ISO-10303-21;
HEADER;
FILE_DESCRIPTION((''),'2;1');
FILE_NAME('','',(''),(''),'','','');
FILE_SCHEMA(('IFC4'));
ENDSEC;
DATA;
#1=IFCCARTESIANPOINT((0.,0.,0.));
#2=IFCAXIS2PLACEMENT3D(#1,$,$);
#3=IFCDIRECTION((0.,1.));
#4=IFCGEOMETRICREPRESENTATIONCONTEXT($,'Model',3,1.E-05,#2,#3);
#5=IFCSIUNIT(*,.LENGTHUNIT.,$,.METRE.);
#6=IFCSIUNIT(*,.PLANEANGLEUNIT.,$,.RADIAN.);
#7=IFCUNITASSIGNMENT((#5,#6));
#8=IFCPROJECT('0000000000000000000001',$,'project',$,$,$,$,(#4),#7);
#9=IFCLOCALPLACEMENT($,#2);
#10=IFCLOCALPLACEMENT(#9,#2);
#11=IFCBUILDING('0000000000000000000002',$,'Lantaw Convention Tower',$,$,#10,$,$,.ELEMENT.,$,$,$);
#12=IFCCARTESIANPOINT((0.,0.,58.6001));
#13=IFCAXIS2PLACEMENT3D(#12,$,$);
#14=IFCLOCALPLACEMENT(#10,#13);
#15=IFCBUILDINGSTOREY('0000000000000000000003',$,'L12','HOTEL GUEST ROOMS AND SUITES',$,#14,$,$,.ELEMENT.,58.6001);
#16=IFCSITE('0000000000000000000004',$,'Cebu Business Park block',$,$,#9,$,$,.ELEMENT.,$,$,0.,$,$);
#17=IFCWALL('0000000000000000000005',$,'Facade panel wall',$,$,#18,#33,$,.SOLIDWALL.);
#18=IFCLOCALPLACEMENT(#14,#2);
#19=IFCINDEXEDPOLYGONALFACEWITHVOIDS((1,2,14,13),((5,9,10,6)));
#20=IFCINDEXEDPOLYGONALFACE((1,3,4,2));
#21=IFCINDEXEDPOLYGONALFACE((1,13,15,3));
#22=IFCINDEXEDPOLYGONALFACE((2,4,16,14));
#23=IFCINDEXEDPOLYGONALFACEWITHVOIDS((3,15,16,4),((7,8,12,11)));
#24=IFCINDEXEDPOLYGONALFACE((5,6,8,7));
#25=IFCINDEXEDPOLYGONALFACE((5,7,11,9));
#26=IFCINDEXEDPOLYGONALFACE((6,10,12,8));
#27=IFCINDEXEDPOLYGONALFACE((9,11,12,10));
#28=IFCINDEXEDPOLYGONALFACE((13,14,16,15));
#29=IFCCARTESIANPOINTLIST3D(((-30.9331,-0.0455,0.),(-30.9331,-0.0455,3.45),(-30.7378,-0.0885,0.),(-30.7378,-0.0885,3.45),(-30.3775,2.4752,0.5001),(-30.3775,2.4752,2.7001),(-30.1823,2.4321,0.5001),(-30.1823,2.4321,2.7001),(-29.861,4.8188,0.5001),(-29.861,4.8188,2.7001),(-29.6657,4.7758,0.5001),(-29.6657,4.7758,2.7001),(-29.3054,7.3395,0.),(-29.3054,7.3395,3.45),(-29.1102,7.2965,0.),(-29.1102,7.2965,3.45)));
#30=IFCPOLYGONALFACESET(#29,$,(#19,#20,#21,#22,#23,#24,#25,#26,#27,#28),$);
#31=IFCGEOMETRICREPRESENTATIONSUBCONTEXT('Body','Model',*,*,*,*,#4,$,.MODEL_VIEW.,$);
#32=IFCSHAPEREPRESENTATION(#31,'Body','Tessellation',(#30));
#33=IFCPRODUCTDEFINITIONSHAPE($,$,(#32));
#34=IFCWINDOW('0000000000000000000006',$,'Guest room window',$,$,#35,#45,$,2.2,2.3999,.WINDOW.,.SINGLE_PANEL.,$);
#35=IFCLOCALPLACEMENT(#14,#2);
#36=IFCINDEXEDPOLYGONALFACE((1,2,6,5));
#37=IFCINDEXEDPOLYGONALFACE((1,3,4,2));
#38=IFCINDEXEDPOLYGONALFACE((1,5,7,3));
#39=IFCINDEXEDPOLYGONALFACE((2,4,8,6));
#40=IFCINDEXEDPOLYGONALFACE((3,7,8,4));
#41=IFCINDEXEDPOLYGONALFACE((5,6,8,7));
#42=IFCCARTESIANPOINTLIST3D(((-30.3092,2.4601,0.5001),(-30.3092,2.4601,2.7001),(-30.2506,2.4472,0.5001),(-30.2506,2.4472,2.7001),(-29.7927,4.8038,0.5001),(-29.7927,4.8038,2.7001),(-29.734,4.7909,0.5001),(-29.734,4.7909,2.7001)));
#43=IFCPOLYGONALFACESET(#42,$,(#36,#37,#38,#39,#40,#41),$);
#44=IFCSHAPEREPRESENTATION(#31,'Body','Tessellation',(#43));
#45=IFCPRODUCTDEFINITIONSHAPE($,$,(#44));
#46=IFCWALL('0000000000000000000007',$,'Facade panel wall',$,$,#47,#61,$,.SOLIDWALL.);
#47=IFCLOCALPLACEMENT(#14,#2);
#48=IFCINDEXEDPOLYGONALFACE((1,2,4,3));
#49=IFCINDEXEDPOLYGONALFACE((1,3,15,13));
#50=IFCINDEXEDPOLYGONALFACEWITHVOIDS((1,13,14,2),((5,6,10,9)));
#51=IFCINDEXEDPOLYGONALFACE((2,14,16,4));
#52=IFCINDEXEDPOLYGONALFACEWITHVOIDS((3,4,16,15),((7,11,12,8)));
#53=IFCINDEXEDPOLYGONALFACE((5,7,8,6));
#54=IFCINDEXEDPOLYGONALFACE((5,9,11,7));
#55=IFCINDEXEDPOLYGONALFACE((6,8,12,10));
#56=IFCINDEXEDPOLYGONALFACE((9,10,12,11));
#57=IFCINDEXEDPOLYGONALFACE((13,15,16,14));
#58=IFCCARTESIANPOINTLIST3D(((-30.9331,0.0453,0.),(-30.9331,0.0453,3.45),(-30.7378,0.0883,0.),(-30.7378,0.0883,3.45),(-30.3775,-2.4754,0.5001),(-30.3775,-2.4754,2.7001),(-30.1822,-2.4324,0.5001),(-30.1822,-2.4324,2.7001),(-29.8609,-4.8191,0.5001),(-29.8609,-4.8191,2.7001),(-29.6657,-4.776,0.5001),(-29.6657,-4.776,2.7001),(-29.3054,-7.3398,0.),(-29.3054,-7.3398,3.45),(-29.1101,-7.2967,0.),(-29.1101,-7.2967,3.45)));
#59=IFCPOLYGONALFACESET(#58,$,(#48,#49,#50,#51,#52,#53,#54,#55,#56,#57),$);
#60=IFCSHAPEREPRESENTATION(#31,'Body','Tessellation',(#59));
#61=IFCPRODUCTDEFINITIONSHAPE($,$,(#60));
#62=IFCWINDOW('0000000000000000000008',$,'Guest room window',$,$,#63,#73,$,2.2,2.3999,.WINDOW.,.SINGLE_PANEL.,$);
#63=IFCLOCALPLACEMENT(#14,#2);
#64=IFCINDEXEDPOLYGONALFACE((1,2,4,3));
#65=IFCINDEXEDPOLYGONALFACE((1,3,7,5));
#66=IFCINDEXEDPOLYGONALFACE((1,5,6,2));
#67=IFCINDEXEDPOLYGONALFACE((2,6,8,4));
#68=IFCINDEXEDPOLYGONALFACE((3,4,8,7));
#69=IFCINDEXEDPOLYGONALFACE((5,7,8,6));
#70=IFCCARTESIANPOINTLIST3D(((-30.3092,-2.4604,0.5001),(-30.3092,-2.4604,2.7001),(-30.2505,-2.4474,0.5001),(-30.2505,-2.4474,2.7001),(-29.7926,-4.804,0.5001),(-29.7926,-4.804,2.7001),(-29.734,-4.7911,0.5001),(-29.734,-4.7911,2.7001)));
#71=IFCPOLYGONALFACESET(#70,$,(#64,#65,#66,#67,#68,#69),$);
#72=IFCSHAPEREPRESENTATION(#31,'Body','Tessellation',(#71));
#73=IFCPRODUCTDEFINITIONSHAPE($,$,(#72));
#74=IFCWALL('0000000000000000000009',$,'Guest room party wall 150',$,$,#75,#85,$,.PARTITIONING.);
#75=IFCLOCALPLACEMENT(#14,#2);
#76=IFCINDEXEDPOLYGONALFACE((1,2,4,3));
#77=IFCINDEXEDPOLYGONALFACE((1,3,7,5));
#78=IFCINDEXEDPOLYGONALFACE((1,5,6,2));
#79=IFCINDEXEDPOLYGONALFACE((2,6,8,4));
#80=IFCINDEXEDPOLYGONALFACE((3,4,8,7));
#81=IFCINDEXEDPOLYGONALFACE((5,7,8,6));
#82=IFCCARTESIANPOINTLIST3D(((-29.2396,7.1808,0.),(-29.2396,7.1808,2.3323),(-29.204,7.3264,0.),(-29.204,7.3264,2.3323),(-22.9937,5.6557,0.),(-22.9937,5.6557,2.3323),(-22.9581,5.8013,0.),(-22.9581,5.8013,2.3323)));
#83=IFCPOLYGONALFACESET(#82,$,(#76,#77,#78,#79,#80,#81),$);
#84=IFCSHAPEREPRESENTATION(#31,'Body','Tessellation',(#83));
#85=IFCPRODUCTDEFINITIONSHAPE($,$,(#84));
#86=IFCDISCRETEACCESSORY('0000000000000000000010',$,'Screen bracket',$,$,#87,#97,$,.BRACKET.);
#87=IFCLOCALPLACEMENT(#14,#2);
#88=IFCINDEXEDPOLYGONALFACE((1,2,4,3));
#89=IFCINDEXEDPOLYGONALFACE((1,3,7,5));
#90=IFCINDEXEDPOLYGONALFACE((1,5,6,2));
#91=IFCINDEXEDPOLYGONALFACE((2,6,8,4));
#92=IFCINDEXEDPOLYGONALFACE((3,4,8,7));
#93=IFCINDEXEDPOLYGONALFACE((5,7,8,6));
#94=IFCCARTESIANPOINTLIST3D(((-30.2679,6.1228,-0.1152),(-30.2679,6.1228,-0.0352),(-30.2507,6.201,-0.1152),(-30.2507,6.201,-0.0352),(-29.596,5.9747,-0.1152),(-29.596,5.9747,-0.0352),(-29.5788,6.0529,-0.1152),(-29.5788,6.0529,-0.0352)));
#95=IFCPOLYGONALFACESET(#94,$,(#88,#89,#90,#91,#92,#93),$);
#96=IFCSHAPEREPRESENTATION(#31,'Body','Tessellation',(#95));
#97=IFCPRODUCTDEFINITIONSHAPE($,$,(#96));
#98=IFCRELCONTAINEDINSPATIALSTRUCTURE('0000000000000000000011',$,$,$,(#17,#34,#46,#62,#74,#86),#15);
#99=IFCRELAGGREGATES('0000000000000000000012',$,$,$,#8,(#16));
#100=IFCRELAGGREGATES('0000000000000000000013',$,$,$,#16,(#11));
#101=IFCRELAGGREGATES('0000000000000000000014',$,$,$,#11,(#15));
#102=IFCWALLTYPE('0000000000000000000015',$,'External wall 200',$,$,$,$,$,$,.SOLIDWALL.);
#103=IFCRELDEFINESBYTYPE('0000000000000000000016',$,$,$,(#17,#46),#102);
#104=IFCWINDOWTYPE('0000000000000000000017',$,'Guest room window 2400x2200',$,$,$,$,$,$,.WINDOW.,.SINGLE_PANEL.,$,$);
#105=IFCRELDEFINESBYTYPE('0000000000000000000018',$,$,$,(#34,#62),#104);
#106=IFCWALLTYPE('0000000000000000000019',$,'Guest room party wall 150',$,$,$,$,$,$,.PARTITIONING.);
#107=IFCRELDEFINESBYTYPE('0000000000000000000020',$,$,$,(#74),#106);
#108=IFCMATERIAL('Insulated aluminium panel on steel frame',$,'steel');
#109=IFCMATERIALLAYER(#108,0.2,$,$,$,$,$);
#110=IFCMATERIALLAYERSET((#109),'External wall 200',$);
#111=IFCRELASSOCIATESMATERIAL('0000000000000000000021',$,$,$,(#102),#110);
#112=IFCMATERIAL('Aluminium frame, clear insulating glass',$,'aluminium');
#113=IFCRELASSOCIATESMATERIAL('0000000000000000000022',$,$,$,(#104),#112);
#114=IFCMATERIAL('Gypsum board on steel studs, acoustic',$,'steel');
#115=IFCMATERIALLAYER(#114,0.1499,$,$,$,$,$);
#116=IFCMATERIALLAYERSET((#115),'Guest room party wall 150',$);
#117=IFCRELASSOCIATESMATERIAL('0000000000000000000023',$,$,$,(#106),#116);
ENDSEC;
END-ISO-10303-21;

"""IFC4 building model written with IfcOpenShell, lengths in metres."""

from ifc_helpers import new_model, si_unit, direction, frame, frame_2d, origin, origin_2d, place, context, subcontext, project, spatial, rectangle, extrude, material, layer, layer_set, type_object, element, fill, save


model = new_model("IFC4")

# Units and contexts
model_context = context("Model", 3, precision=1e-05, world=origin(), true_north=direction((0.0, 1.0)))
body_context = subcontext(model_context, "Body", "Model", "MODEL_VIEW")
ifc_project = project(units=[si_unit("LENGTHUNIT", "METRE"), si_unit("PLANEANGLEUNIT", "RADIAN")], contexts=[model_context])

# Site, building, storey
site_placement = place(None, origin())
site = spatial("IfcSite", under=ifc_project, at=site_placement, Name="Cebu Business Park block", CompositionType="ELEMENT", RefElevation=0.0)
building_placement = place(site_placement, origin())
building = spatial("IfcBuilding", under=site, at=building_placement, Name="Lantaw Convention Tower", CompositionType="ELEMENT")
storey_placement = place(building_placement, frame((0.0, 0.0, 58.6001)))
storey = spatial("IfcBuildingStorey", under=building, at=storey_placement, Name="L12", Description="HOTEL GUEST ROOMS AND SUITES", CompositionType="ELEMENT", Elevation=58.6001)

# Walls, openings, windows
ifc_material_1 = material(Name="Insulated aluminium panel on steel frame", Category="steel")
ifc_layer_1 = layer(ifc_material_1, 0.2)
ifc_layer_set_1 = layer_set([ifc_layer_1], Name="External wall 200")
wall_type_1 = type_object("IfcWallType", Name="External wall 200", PredefinedType="SOLIDWALL", material=ifc_layer_set_1)
wall_1_placement = place(storey_placement, frame((-29.2078, 7.3181, 0.0), z_axis=(0.0, 0.0, 1.0), x_axis=(-0.215238, -0.976562, 0.0)))
wall_1 = element("IfcWall", 1, at=wall_1_placement, inside=storey, type_object=wall_type_1, Name="Facade panel wall", PredefinedType="SOLIDWALL", context=body_context, shape_type="SweptSolid", body=[
    extrude(rectangle(XDim=7.5623, YDim=0.2, at=frame_2d((3.7812, 0.0))), origin(), (0.0, 0.0, 1.0), 3.45),
])
opening_1_placement = place(wall_1_placement, frame((2.5813, 0.0, 0.5)))
opening_1 = element("IfcOpeningElement", 2, at=opening_1_placement, cuts=wall_1, PredefinedType="OPENING", context=body_context, shape_type="SweptSolid", body=[
    extrude(rectangle(XDim=2.3999, YDim=2.2, at=frame_2d((1.2, 1.1001))), frame((0.0, 0.1099, 0.0), z_axis=(0.0, -1.0, 0.0), x_axis=(1.0, 0.0, 0.0)), (0.0, 0.0, 1.0), 0.22),
])
ifc_material_2 = material(Name="Aluminium frame, clear insulating glass", Category="aluminium")
window_type = type_object("IfcWindowType", Name="Guest room window 2400x2200", PartitioningType="SINGLE_PANEL", PredefinedType="WINDOW", material=ifc_material_2)
window_1_placement = place(opening_1_placement, origin())
window_1 = element("IfcWindow", 3, at=window_1_placement, inside=storey, type_object=window_type, Name="Guest room window", OverallHeight=2.2, OverallWidth=2.3999, PartitioningType="SINGLE_PANEL", PredefinedType="WINDOW", context=body_context, shape_type="SweptSolid", body=[
    extrude(rectangle(XDim=2.3999, YDim=2.2, at=frame_2d((1.2, 1.1001))), frame((0.0, 0.03, 0.0), z_axis=(0.0, -1.0, 0.0), x_axis=(1.0, 0.0, 0.0)), (0.0, 0.0, 1.0), 0.0601),
])
fill(opening_1, window_1)
wall_2_placement = place(storey_placement, frame((-30.8354, 0.0669, 0.0), z_axis=(0.0, 0.0, 1.0), x_axis=(0.215238, -0.976562, 0.0)))
wall_2 = element("IfcWall", 4, at=wall_2_placement, inside=storey, type_object=wall_type_1, Name="Facade panel wall", PredefinedType="SOLIDWALL", context=body_context, shape_type="SweptSolid", body=[
    extrude(rectangle(XDim=7.5623, YDim=0.2, at=frame_2d((3.7812, 0.0))), origin(), (0.0, 0.0, 1.0), 3.45),
])
opening_2_placement = place(wall_2_placement, frame((2.5813, 0.0, 0.5)))
opening_2 = element("IfcOpeningElement", 5, at=opening_2_placement, cuts=wall_2, PredefinedType="OPENING", context=body_context, shape_type="SweptSolid", body=[
    extrude(rectangle(XDim=2.3999, YDim=2.2, at=frame_2d((1.2, 1.1001))), frame((0.0, 0.1099, 0.0), z_axis=(0.0, -1.0, 0.0), x_axis=(1.0, 0.0, 0.0)), (0.0, 0.0, 1.0), 0.22),
])
window_2_placement = place(opening_2_placement, origin())
window_2 = element("IfcWindow", 6, at=window_2_placement, inside=storey, type_object=window_type, Name="Guest room window", OverallHeight=2.2, OverallWidth=2.3999, PartitioningType="SINGLE_PANEL", PredefinedType="WINDOW", context=body_context, shape_type="SweptSolid", body=[
    extrude(rectangle(XDim=2.3999, YDim=2.2, at=frame_2d((1.2, 1.1001))), frame((0.0, 0.03, 0.0), z_axis=(0.0, -1.0, 0.0), x_axis=(1.0, 0.0, 0.0)), (0.0, 0.0, 1.0), 0.0601),
])
fill(opening_2, window_2)

# Wall
ifc_material_3 = material(Name="Gypsum board on steel studs, acoustic", Category="steel")
ifc_layer_2 = layer(ifc_material_3, 0.1499)
ifc_layer_set_2 = layer_set([ifc_layer_2], Name="Guest room party wall 150")
wall_type_2 = type_object("IfcWallType", Name="Guest room party wall 150", PredefinedType="PARTITIONING", material=ifc_layer_set_2)
wall_3_placement = place(storey_placement, frame((-29.2219, 7.2537, 0.0), z_axis=(0.0, 0.0, 1.0), x_axis=(0.971457, -0.237216, 0.0)))
element("IfcWall", 7, at=wall_3_placement, inside=storey, type_object=wall_type_2, Name="Guest room party wall 150", PredefinedType="PARTITIONING", context=body_context, shape_type="SweptSolid", body=[
    extrude(rectangle(XDim=6.4294, YDim=0.1499, at=frame_2d((3.2148, 0.0))), origin(), (0.0, 0.0, 1.0), 2.3323),
])

# Discrete accessory
discrete_accessory_placement = place(storey_placement, frame((-29.9233, 6.0879, -0.1152), z_axis=(0.0, 0.0, 1.0), x_axis=(-0.215246, -0.97656, 0.0)))
element("IfcDiscreteAccessory", 8, at=discrete_accessory_placement, inside=storey, Name="Screen bracket", PredefinedType="BRACKET", context=body_context, shape_type="SweptSolid", body=[
    extrude(rectangle(XDim=0.0801, YDim=0.688, at=origin_2d()), origin(), (0.0, 0.0, 1.0), 0.0801),
])

save(model, "model.ifc")
